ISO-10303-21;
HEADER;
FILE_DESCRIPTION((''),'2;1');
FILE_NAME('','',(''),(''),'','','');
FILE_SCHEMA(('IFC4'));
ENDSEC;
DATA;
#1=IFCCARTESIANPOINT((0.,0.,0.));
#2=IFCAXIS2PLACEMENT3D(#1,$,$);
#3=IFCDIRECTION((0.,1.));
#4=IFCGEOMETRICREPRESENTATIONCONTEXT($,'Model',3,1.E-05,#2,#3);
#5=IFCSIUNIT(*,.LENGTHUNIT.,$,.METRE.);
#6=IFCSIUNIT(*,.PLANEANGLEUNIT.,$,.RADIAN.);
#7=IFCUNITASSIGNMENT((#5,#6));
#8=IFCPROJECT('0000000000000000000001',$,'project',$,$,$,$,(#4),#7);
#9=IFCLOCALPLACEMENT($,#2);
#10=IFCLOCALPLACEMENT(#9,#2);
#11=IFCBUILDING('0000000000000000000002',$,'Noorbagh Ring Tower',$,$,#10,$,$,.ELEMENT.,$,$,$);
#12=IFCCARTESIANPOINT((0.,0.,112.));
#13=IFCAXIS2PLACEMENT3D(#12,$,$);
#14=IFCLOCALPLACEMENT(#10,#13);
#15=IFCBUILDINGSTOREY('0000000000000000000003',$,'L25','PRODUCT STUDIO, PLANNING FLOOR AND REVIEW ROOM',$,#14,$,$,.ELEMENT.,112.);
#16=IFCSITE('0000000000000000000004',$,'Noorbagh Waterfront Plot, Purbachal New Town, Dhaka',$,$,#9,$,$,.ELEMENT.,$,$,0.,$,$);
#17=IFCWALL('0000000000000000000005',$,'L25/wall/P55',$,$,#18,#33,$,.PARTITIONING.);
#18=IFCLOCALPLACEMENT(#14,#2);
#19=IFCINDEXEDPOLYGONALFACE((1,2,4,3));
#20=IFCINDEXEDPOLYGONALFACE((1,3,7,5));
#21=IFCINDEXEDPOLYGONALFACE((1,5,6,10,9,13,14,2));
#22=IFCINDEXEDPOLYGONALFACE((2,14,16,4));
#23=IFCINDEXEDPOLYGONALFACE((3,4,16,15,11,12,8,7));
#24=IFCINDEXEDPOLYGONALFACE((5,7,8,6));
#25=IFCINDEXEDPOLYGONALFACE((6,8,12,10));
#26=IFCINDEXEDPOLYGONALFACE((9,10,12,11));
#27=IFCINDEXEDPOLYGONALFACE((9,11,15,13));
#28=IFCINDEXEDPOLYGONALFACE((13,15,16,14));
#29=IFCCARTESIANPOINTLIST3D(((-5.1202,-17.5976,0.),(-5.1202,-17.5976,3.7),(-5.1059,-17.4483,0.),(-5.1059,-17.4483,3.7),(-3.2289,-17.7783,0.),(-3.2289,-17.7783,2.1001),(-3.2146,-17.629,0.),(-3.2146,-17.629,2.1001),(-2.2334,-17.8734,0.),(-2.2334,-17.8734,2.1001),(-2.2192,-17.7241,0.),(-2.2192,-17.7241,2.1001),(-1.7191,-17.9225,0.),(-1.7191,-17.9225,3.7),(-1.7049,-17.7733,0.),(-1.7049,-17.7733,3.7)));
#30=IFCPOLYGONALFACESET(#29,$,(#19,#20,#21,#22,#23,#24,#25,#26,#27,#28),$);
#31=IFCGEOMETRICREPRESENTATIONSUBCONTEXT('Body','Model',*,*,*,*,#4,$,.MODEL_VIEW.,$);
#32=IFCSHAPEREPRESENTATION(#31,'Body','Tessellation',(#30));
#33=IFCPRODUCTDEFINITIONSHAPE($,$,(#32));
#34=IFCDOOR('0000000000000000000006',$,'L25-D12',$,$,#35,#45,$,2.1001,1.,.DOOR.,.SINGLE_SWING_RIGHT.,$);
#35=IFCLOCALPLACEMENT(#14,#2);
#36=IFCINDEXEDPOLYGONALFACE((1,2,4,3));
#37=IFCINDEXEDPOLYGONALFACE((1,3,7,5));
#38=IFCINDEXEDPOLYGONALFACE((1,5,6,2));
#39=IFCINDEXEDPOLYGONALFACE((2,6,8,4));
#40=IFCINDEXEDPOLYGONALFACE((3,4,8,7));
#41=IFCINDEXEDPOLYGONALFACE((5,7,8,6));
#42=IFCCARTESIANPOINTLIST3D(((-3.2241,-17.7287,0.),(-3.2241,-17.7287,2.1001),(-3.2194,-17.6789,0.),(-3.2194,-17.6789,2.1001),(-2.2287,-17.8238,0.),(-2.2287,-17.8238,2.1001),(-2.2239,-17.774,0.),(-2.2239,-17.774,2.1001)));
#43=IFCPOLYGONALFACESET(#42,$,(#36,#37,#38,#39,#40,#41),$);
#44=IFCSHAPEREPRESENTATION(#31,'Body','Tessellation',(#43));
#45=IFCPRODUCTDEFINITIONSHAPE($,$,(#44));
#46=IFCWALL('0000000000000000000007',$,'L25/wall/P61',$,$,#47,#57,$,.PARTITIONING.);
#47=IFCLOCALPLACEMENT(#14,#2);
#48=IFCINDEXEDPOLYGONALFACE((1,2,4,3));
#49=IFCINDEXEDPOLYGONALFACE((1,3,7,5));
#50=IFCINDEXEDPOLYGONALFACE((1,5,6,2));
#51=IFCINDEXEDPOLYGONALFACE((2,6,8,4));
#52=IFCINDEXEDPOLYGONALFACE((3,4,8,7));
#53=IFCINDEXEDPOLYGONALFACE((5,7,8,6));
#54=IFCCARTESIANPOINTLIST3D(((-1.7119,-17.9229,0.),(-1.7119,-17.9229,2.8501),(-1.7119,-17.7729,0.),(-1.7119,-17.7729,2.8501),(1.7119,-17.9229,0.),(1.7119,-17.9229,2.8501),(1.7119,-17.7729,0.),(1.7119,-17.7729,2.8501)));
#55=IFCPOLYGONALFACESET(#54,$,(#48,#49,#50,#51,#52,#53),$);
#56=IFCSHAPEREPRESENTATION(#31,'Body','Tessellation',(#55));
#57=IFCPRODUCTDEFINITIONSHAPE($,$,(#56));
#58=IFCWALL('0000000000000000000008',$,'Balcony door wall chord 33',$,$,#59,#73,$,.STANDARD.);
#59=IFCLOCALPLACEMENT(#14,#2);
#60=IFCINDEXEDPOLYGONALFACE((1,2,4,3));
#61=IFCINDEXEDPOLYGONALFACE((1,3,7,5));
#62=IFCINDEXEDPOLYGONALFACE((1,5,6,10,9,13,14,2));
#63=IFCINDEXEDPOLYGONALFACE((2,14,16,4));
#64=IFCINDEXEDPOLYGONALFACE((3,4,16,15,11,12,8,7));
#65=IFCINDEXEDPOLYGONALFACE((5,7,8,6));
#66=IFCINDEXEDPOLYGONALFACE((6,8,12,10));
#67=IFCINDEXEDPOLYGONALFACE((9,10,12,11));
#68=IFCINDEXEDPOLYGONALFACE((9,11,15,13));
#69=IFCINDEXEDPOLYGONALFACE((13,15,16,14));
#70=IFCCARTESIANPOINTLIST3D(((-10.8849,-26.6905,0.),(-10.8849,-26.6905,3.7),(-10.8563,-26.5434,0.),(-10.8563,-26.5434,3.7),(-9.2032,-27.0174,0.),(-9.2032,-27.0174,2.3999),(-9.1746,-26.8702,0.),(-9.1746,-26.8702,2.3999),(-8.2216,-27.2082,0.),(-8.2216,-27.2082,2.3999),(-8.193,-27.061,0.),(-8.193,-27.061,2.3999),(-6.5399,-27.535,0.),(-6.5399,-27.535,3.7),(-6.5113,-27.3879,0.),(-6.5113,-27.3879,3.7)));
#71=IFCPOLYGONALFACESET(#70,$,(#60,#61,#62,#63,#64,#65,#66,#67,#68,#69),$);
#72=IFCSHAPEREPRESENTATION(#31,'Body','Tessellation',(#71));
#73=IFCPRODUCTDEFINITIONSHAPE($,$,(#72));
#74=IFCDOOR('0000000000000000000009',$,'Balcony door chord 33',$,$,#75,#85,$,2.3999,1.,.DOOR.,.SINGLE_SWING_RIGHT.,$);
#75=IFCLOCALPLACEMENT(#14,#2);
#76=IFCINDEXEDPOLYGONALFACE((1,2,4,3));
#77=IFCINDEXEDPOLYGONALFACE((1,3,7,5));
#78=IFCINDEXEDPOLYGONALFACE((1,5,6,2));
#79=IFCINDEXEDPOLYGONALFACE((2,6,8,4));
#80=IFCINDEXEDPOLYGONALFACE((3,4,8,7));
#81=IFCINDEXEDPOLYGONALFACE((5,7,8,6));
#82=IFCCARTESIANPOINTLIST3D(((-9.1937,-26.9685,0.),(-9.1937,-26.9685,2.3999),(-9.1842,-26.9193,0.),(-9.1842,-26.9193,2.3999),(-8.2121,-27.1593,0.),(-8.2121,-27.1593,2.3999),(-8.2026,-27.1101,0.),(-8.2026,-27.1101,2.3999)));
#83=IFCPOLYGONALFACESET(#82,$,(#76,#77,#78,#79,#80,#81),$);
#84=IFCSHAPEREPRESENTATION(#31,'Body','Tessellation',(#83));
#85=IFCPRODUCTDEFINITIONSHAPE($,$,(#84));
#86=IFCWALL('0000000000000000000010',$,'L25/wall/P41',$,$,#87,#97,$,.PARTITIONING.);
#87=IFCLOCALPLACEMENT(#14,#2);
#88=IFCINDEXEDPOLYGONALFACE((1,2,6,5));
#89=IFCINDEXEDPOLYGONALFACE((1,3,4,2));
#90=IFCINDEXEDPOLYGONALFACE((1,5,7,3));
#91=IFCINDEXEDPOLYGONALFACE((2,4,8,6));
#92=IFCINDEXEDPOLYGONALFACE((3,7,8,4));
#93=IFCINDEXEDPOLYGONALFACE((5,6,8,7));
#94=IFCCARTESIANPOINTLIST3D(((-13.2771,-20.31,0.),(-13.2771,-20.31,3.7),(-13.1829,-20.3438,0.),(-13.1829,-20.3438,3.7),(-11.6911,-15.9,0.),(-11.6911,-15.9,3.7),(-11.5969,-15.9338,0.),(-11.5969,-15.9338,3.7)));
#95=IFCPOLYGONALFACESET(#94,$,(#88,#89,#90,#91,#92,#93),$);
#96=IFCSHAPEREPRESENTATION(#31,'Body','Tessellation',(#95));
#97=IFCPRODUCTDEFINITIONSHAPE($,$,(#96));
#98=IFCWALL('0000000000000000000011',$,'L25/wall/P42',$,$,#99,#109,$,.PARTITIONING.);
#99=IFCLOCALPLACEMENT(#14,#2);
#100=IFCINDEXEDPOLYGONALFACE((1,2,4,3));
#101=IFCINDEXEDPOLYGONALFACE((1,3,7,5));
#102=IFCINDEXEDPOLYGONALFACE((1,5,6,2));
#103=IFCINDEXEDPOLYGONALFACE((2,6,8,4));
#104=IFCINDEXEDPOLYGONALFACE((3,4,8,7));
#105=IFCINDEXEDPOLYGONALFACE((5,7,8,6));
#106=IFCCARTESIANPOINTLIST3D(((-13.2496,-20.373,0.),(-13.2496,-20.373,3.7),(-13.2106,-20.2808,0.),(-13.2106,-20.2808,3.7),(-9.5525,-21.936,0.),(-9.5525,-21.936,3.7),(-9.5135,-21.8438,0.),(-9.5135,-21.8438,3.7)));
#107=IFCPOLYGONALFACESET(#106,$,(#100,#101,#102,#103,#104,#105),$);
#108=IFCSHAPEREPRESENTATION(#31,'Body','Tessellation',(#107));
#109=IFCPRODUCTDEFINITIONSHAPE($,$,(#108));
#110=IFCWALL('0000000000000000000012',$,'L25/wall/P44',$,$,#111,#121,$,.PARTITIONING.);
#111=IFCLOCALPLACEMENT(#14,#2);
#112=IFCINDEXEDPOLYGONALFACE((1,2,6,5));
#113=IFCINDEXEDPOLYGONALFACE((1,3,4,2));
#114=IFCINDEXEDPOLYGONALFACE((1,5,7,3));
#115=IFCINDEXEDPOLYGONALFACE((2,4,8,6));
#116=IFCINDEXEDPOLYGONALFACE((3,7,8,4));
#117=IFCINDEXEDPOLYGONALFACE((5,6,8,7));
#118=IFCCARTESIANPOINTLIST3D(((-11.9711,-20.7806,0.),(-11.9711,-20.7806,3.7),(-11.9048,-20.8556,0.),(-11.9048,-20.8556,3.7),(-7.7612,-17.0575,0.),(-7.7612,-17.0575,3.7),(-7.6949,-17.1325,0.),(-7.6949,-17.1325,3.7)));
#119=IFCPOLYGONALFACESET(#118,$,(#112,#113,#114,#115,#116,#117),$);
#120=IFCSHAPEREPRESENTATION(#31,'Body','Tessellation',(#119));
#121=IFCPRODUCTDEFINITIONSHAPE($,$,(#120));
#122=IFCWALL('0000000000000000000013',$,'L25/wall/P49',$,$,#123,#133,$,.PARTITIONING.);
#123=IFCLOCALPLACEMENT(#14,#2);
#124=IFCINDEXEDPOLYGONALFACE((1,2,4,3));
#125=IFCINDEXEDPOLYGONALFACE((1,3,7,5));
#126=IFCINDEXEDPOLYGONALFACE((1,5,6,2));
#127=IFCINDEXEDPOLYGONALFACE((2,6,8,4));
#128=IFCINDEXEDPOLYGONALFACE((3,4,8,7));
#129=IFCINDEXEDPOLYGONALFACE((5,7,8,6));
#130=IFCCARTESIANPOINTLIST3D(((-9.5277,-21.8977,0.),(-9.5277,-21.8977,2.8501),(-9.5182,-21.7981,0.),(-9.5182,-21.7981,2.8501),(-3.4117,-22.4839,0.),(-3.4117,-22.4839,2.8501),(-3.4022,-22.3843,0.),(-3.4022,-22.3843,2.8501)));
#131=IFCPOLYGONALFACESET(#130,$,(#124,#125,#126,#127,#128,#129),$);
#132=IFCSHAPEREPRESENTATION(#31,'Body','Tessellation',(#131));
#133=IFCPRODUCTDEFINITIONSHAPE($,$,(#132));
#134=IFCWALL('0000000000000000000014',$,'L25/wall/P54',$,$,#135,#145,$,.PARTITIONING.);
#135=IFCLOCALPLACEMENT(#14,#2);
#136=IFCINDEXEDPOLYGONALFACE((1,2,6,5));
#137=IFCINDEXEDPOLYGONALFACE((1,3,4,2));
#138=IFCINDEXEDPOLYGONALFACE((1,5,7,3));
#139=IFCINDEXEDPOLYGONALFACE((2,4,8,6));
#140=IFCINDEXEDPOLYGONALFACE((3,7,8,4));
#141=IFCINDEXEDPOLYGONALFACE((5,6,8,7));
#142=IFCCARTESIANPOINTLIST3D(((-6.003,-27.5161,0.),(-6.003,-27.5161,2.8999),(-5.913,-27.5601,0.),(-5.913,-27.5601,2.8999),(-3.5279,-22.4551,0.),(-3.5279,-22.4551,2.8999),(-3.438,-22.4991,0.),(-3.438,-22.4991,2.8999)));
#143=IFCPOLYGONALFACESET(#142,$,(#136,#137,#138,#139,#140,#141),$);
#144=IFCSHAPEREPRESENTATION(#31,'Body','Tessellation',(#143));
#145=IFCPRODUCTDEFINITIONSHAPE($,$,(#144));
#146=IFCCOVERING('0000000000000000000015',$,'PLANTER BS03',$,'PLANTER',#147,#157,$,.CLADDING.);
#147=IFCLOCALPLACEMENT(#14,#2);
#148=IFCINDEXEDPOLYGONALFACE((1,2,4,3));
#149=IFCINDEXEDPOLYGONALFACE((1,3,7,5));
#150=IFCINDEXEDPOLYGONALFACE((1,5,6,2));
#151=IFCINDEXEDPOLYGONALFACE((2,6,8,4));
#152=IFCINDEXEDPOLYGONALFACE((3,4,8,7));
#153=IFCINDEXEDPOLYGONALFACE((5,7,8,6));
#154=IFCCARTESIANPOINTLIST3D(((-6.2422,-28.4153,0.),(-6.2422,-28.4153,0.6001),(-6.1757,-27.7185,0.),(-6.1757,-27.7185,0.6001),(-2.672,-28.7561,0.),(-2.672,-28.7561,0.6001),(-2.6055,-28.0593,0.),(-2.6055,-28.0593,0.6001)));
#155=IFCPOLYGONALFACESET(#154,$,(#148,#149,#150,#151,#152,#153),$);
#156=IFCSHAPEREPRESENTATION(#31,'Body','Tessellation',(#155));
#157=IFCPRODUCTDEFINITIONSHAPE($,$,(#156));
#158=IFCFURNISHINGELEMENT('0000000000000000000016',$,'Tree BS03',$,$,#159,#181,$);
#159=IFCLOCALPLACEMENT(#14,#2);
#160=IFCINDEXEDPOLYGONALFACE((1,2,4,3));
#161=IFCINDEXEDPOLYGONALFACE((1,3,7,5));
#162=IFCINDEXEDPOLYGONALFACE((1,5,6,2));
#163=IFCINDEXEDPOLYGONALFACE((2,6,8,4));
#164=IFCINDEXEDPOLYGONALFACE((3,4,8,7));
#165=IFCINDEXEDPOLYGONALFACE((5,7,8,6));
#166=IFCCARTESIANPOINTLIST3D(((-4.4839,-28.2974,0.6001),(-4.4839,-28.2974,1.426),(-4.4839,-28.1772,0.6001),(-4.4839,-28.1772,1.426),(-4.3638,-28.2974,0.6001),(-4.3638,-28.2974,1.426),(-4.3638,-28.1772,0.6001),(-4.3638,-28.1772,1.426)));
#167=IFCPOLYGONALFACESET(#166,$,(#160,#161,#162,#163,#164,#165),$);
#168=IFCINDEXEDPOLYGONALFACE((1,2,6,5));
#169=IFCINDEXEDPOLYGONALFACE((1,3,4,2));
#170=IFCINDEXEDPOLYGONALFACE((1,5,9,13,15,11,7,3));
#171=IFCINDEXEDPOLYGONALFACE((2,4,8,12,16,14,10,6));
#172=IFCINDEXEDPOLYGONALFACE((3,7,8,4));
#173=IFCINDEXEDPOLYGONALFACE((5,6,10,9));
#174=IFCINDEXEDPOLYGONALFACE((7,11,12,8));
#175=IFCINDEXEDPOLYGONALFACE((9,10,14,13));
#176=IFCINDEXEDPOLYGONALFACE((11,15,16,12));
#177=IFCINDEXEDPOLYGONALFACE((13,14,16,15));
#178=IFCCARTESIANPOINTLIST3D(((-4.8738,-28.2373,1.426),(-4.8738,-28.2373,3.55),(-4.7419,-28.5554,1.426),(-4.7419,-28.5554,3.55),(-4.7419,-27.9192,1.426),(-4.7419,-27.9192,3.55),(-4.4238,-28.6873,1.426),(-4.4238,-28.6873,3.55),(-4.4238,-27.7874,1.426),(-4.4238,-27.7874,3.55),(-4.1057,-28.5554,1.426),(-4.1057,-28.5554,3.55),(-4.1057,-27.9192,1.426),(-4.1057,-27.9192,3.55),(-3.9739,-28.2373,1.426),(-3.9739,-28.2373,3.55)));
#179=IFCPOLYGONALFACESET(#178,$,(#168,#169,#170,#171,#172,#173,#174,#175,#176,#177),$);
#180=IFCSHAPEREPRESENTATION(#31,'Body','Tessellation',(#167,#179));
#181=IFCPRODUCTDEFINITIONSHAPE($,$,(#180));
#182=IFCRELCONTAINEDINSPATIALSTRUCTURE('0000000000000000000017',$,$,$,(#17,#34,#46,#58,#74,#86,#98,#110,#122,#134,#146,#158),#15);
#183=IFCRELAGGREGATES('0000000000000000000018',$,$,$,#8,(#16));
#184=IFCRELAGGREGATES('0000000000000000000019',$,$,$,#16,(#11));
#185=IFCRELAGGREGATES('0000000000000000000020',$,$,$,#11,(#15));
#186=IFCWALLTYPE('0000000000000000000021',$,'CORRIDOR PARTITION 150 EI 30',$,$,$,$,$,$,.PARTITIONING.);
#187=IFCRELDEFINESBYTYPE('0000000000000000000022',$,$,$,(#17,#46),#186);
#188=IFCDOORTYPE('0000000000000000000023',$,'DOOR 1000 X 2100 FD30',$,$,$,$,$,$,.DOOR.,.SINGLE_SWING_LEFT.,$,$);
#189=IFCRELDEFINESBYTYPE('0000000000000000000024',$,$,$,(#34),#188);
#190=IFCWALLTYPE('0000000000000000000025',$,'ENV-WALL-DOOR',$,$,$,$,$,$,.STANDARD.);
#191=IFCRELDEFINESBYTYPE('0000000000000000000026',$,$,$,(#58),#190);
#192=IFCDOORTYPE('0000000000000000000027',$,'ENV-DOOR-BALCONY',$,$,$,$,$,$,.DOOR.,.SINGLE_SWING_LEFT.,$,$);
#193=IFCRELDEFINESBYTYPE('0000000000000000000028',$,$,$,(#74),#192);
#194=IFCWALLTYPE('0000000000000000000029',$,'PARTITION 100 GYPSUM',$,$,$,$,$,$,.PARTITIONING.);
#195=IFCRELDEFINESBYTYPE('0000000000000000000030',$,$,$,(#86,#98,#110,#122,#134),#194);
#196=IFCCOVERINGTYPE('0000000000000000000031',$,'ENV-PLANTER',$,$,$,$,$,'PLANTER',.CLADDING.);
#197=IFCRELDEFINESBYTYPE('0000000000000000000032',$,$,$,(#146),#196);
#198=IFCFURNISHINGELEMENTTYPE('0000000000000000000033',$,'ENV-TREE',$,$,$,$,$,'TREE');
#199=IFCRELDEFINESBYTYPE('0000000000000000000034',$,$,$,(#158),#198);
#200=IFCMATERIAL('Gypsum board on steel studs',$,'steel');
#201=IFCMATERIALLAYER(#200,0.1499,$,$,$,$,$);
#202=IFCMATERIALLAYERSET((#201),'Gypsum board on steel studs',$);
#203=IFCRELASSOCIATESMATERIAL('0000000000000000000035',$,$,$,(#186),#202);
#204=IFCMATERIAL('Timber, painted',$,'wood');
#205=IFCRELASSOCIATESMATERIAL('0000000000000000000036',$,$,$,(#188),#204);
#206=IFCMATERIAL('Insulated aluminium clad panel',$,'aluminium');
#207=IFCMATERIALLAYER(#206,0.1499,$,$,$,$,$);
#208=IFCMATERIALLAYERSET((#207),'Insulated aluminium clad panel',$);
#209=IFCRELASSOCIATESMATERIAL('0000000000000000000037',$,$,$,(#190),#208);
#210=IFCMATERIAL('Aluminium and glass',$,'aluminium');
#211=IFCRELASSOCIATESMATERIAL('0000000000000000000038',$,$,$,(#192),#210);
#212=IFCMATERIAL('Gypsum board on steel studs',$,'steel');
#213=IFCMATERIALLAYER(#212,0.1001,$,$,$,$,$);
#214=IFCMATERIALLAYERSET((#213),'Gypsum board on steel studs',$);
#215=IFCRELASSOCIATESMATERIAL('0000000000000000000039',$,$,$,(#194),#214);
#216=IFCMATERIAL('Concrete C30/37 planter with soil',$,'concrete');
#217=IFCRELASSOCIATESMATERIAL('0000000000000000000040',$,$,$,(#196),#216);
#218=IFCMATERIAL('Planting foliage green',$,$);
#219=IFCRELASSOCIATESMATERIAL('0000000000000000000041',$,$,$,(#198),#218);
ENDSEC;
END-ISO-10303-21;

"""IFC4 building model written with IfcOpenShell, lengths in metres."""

from ifc_helpers import new_model, si_unit, direction, frame, frame_2d, origin, origin_2d, place, context, subcontext, project, spatial, polyline, rectangle, outline, extrude, material, layer, layer_set, type_object, element, fill, save


model = new_model("IFC4")

# Units and contexts
model_context = context("Model", 3, precision=1e-05, world=origin(), true_north=direction((0.0, 1.0)))
body_context = subcontext(model_context, "Body", "Model", "MODEL_VIEW")
ifc_project = project(units=[si_unit("LENGTHUNIT", "METRE"), si_unit("PLANEANGLEUNIT", "RADIAN")], contexts=[model_context])

# Site, building, storey
site_placement = place(None, origin())
site = spatial("IfcSite", under=ifc_project, at=site_placement, Name="Noorbagh Waterfront Plot, Purbachal New Town, Dhaka", CompositionType="ELEMENT", RefElevation=0.0)
building_placement = place(site_placement, origin())
building = spatial("IfcBuilding", under=site, at=building_placement, Name="Noorbagh Ring Tower", CompositionType="ELEMENT")
storey_placement = place(building_placement, frame((0.0, 0.0, 112.0)))
storey = spatial("IfcBuildingStorey", under=building, at=storey_placement, Name="L25", Description="PRODUCT STUDIO, PLANNING FLOOR AND REVIEW ROOM", CompositionType="ELEMENT", Elevation=112.0)

# Wall, opening, door
ifc_material_1 = material(Name="Gypsum board on steel studs", Category="steel")
ifc_layer_1 = layer(ifc_material_1, 0.1499)
ifc_layer_set_1 = layer_set([ifc_layer_1], Name="Gypsum board on steel studs")
wall_type_1 = type_object("IfcWallType", Name="CORRIDOR PARTITION 150 EI 30", PredefinedType="PARTITIONING", material=ifc_layer_set_1)
wall_1_placement = place(storey_placement, frame((-5.113, -17.5229, 0.0), z_axis=(0.0, 0.0, 1.0), x_axis=(0.995467, -0.095109, 0.0)))
wall_1 = element("IfcWall", 1, at=wall_1_placement, inside=storey, type_object=wall_type_1, Name="L25/wall/P55", PredefinedType="PARTITIONING", context=body_context, shape_type="SweptSolid", body=[
    extrude(rectangle(XDim=3.4165, YDim=0.1499, at=frame_2d((1.7083, 0.0))), origin(), (0.0, 0.0, 1.0), 3.7),
])
opening_1_placement = place(wall_1_placement, frame((1.8999, 0.0, 0.0)))
opening_1 = element("IfcOpeningElement", 2, at=opening_1_placement, cuts=wall_1, PredefinedType="OPENING", context=body_context, shape_type="SweptSolid", body=[
    extrude(rectangle(XDim=1.0, YDim=2.1001, at=frame_2d((0.5, 1.05))), frame((0.0, 0.085, 0.0), z_axis=(0.0, -1.0, 0.0), x_axis=(1.0, 0.0, 0.0)), (0.0, 0.0, 1.0), 0.1699),
])
ifc_material_2 = material(Name="Timber, painted", Category="wood")
door_type_1 = type_object("IfcDoorType", Name="DOOR 1000 X 2100 FD30", OperationType="SINGLE_SWING_LEFT", PredefinedType="DOOR", material=ifc_material_2)
door_1_placement = place(opening_1_placement, origin())
door_1 = element("IfcDoor", 3, at=door_1_placement, inside=storey, type_object=door_type_1, Name="L25-D12", OperationType="SINGLE_SWING_RIGHT", OverallHeight=2.1001, OverallWidth=1.0, PredefinedType="DOOR", context=body_context, shape_type="SweptSolid", body=[
    extrude(rectangle(XDim=1.0, YDim=2.1001, at=frame_2d((0.5, 1.05))), frame((0.0, 0.0249, 0.0), z_axis=(0.0, -1.0, 0.0), x_axis=(1.0, 0.0, 0.0)), (0.0, 0.0, 1.0), 0.05),
])
fill(opening_1, door_1)

# Wall
wall_2_placement = place(storey_placement, frame((-1.7119, -17.8479, 0.0), z_axis=(0.0, 0.0, 1.0), x_axis=(1.0, 0.0, 0.0)))
element("IfcWall", 4, at=wall_2_placement, inside=storey, type_object=wall_type_1, Name="L25/wall/P61", PredefinedType="PARTITIONING", context=body_context, shape_type="SweptSolid", body=[
    extrude(rectangle(XDim=3.4238, YDim=0.1499, at=frame_2d((1.7119, 0.0))), origin(), (0.0, 0.0, 1.0), 2.8501),
])

# Wall, opening, door
ifc_material_3 = material(Name="Insulated aluminium clad panel", Category="aluminium")
ifc_layer_2 = layer(ifc_material_3, 0.1499)
ifc_layer_set_2 = layer_set([ifc_layer_2], Name="Insulated aluminium clad panel")
wall_type_2 = type_object("IfcWallType", Name="ENV-WALL-DOOR", PredefinedType="STANDARD", material=ifc_layer_set_2)
wall_3_placement = place(storey_placement, frame((-10.8706, -26.6169, 0.0), z_axis=(0.0, 0.0, 1.0), x_axis=(0.981631, -0.190788, 0.0)))
wall_3 = element("IfcWall", 5, at=wall_3_placement, inside=storey, type_object=wall_type_2, Name="Balcony door wall chord 33", PredefinedType="STANDARD", context=body_context, shape_type="SweptSolid", body=[
    extrude(rectangle(XDim=4.4263, YDim=0.1499, at=frame_2d((2.2131, 0.0))), origin(), (0.0, 0.0, 1.0), 3.7),
])
opening_2_placement = place(wall_3_placement, frame((1.7131, 0.0, 0.0)))
opening_2 = element("IfcOpeningElement", 6, at=opening_2_placement, cuts=wall_3, PredefinedType="OPENING", context=body_context, shape_type="SweptSolid", body=[
    extrude(rectangle(XDim=1.0, YDim=2.3999, at=frame_2d((0.5, 1.2))), frame((0.0, 0.085, 0.0), z_axis=(0.0, -1.0, 0.0), x_axis=(1.0, 0.0, 0.0)), (0.0, 0.0, 1.0), 0.1699),
])
ifc_material_4 = material(Name="Aluminium and glass", Category="aluminium")
door_type_2 = type_object("IfcDoorType", Name="ENV-DOOR-BALCONY", OperationType="SINGLE_SWING_LEFT", PredefinedType="DOOR", material=ifc_material_4)
door_2_placement = place(opening_2_placement, origin())
door_2 = element("IfcDoor", 7, at=door_2_placement, inside=storey, type_object=door_type_2, Name="Balcony door chord 33", OperationType="SINGLE_SWING_RIGHT", OverallHeight=2.3999, OverallWidth=1.0, PredefinedType="DOOR", context=body_context, shape_type="SweptSolid", body=[
    extrude(rectangle(XDim=1.0, YDim=2.3999, at=frame_2d((0.5, 1.2))), frame((0.0, 0.0249, 0.0), z_axis=(0.0, -1.0, 0.0), x_axis=(1.0, 0.0, 0.0)), (0.0, 0.0, 1.0), 0.05),
])
fill(opening_2, door_2)

# Walls
ifc_material_5 = material(Name="Gypsum board on steel studs", Category="steel")
ifc_layer_3 = layer(ifc_material_5, 0.1001)
ifc_layer_set_3 = layer_set([ifc_layer_3], Name="Gypsum board on steel studs")
wall_type_3 = type_object("IfcWallType", Name="PARTITION 100 GYPSUM", PredefinedType="PARTITIONING", material=ifc_layer_set_3)
wall_4_placement = place(storey_placement, frame((-13.23, -20.3269, 0.0), z_axis=(0.0, 0.0, 1.0), x_axis=(0.338411, 0.940998, 0.0)))
element("IfcWall", 8, at=wall_4_placement, inside=storey, type_object=wall_type_3, Name="L25/wall/P41", PredefinedType="PARTITIONING", context=body_context, shape_type="SweptSolid", body=[
    extrude(rectangle(XDim=4.6865, YDim=0.1001, at=frame_2d((2.3433, 0.0))), origin(), (0.0, 0.0, 1.0), 3.7),
])
wall_5_placement = place(storey_placement, frame((-13.23, -20.3269, 0.0), z_axis=(0.0, 0.0, 1.0), x_axis=(0.921069, -0.3894, 0.0)))
element("IfcWall", 9, at=wall_5_placement, inside=storey, type_object=wall_type_3, Name="L25/wall/P42", PredefinedType="PARTITIONING", context=body_context, shape_type="SweptSolid", body=[
    extrude(rectangle(XDim=4.0139, YDim=0.1001, at=frame_2d((2.0068, 0.0))), origin(), (0.0, 0.0, 1.0), 3.7),
])
wall_6_placement = place(storey_placement, frame((-11.938, -20.8181, 0.0), z_axis=(0.0, 0.0, 1.0), x_axis=(0.749089, 0.662469, 0.0)))
element("IfcWall", 10, at=wall_6_placement, inside=storey, type_object=wall_type_3, Name="L25/wall/P44", PredefinedType="PARTITIONING", context=body_context, shape_type="SweptSolid", body=[
    extrude(rectangle(XDim=5.6201, YDim=0.1001, at=frame_2d((2.8101, 0.0))), origin(), (0.0, 0.0, 1.0), 3.7),
])
wall_7_placement = place(storey_placement, frame((-9.5229, -21.8479, 0.0), z_axis=(0.0, 0.0, 1.0), x_axis=(0.995438, -0.095407, 0.0)))
element("IfcWall", 11, at=wall_7_placement, inside=storey, type_object=wall_type_3, Name="L25/wall/P49", PredefinedType="PARTITIONING", context=body_context, shape_type="SweptSolid", body=[
    extrude(rectangle(XDim=6.144, YDim=0.1001, at=frame_2d((3.072, 0.0))), origin(), (0.0, 0.0, 1.0), 2.8501),
])
wall_8_placement = place(storey_placement, frame((-5.958, -27.5381, 0.0), z_axis=(0.0, 0.0, 1.0), x_axis=(0.439327, 0.898327, 0.0)))
element("IfcWall", 12, at=wall_8_placement, inside=storey, type_object=wall_type_3, Name="L25/wall/P54", PredefinedType="PARTITIONING", context=body_context, shape_type="SweptSolid", body=[
    extrude(rectangle(XDim=5.6338, YDim=0.1001, at=frame_2d((2.8169, 0.0))), origin(), (0.0, 0.0, 1.0), 2.8999),
])

# Covering
ifc_material_6 = material(Name="Concrete C30/37 planter with soil", Category="concrete")
covering_type = type_object("IfcCoveringType", Name="ENV-PLANTER", ElementType="PLANTER", PredefinedType="CLADDING", material=ifc_material_6)
covering_placement = place(storey_placement, frame((-4.4238, -28.2373, 0.0), z_axis=(0.0, 0.0, 1.0), x_axis=(0.995476, -0.095008, 0.0)))
element("IfcCovering", 13, at=covering_placement, inside=storey, type_object=covering_type, Name="PLANTER BS03", ObjectType="PLANTER", PredefinedType="CLADDING", context=body_context, shape_type="SweptSolid", body=[
    extrude(rectangle(XDim=3.5864, YDim=0.7, at=origin_2d()), origin(), (0.0, 0.0, 1.0), 0.6001),
])

# Furnishing element
ifc_material_7 = material(Name="Planting foliage green")
furnishing_element_type = type_object("IfcFurnishingElementType", Name="ENV-TREE", ElementType="TREE", material=ifc_material_7)
furnishing_placement = place(storey_placement, frame((-4.4238, -28.2373, 0.6001), z_axis=(0.0, 0.0, 1.0), x_axis=(1.0, 0.0, 0.0)))
element("IfcFurnishingElement", 14, at=furnishing_placement, inside=storey, type_object=furnishing_element_type, Name="Tree BS03", context=body_context, shape_type="SweptSolid", body=[
    extrude(rectangle(XDim=0.1201, YDim=0.1201, at=origin_2d()), origin(), (0.0, 0.0, 1.0), 0.8259),
    extrude(outline(polyline([(0.45, 0.0), (0.3181, 0.3181), (0.0, 0.45), (-0.3181, 0.3181), (-0.45, 0.0), (-0.3181, -0.3181), (0.0, -0.45), (0.3181, -0.3181), (0.45, 0.0)])), frame((0.0, 0.0, 0.8259)), (0.0, 0.0, 1.0), 2.124),
])

save(model, "model.ifc")
